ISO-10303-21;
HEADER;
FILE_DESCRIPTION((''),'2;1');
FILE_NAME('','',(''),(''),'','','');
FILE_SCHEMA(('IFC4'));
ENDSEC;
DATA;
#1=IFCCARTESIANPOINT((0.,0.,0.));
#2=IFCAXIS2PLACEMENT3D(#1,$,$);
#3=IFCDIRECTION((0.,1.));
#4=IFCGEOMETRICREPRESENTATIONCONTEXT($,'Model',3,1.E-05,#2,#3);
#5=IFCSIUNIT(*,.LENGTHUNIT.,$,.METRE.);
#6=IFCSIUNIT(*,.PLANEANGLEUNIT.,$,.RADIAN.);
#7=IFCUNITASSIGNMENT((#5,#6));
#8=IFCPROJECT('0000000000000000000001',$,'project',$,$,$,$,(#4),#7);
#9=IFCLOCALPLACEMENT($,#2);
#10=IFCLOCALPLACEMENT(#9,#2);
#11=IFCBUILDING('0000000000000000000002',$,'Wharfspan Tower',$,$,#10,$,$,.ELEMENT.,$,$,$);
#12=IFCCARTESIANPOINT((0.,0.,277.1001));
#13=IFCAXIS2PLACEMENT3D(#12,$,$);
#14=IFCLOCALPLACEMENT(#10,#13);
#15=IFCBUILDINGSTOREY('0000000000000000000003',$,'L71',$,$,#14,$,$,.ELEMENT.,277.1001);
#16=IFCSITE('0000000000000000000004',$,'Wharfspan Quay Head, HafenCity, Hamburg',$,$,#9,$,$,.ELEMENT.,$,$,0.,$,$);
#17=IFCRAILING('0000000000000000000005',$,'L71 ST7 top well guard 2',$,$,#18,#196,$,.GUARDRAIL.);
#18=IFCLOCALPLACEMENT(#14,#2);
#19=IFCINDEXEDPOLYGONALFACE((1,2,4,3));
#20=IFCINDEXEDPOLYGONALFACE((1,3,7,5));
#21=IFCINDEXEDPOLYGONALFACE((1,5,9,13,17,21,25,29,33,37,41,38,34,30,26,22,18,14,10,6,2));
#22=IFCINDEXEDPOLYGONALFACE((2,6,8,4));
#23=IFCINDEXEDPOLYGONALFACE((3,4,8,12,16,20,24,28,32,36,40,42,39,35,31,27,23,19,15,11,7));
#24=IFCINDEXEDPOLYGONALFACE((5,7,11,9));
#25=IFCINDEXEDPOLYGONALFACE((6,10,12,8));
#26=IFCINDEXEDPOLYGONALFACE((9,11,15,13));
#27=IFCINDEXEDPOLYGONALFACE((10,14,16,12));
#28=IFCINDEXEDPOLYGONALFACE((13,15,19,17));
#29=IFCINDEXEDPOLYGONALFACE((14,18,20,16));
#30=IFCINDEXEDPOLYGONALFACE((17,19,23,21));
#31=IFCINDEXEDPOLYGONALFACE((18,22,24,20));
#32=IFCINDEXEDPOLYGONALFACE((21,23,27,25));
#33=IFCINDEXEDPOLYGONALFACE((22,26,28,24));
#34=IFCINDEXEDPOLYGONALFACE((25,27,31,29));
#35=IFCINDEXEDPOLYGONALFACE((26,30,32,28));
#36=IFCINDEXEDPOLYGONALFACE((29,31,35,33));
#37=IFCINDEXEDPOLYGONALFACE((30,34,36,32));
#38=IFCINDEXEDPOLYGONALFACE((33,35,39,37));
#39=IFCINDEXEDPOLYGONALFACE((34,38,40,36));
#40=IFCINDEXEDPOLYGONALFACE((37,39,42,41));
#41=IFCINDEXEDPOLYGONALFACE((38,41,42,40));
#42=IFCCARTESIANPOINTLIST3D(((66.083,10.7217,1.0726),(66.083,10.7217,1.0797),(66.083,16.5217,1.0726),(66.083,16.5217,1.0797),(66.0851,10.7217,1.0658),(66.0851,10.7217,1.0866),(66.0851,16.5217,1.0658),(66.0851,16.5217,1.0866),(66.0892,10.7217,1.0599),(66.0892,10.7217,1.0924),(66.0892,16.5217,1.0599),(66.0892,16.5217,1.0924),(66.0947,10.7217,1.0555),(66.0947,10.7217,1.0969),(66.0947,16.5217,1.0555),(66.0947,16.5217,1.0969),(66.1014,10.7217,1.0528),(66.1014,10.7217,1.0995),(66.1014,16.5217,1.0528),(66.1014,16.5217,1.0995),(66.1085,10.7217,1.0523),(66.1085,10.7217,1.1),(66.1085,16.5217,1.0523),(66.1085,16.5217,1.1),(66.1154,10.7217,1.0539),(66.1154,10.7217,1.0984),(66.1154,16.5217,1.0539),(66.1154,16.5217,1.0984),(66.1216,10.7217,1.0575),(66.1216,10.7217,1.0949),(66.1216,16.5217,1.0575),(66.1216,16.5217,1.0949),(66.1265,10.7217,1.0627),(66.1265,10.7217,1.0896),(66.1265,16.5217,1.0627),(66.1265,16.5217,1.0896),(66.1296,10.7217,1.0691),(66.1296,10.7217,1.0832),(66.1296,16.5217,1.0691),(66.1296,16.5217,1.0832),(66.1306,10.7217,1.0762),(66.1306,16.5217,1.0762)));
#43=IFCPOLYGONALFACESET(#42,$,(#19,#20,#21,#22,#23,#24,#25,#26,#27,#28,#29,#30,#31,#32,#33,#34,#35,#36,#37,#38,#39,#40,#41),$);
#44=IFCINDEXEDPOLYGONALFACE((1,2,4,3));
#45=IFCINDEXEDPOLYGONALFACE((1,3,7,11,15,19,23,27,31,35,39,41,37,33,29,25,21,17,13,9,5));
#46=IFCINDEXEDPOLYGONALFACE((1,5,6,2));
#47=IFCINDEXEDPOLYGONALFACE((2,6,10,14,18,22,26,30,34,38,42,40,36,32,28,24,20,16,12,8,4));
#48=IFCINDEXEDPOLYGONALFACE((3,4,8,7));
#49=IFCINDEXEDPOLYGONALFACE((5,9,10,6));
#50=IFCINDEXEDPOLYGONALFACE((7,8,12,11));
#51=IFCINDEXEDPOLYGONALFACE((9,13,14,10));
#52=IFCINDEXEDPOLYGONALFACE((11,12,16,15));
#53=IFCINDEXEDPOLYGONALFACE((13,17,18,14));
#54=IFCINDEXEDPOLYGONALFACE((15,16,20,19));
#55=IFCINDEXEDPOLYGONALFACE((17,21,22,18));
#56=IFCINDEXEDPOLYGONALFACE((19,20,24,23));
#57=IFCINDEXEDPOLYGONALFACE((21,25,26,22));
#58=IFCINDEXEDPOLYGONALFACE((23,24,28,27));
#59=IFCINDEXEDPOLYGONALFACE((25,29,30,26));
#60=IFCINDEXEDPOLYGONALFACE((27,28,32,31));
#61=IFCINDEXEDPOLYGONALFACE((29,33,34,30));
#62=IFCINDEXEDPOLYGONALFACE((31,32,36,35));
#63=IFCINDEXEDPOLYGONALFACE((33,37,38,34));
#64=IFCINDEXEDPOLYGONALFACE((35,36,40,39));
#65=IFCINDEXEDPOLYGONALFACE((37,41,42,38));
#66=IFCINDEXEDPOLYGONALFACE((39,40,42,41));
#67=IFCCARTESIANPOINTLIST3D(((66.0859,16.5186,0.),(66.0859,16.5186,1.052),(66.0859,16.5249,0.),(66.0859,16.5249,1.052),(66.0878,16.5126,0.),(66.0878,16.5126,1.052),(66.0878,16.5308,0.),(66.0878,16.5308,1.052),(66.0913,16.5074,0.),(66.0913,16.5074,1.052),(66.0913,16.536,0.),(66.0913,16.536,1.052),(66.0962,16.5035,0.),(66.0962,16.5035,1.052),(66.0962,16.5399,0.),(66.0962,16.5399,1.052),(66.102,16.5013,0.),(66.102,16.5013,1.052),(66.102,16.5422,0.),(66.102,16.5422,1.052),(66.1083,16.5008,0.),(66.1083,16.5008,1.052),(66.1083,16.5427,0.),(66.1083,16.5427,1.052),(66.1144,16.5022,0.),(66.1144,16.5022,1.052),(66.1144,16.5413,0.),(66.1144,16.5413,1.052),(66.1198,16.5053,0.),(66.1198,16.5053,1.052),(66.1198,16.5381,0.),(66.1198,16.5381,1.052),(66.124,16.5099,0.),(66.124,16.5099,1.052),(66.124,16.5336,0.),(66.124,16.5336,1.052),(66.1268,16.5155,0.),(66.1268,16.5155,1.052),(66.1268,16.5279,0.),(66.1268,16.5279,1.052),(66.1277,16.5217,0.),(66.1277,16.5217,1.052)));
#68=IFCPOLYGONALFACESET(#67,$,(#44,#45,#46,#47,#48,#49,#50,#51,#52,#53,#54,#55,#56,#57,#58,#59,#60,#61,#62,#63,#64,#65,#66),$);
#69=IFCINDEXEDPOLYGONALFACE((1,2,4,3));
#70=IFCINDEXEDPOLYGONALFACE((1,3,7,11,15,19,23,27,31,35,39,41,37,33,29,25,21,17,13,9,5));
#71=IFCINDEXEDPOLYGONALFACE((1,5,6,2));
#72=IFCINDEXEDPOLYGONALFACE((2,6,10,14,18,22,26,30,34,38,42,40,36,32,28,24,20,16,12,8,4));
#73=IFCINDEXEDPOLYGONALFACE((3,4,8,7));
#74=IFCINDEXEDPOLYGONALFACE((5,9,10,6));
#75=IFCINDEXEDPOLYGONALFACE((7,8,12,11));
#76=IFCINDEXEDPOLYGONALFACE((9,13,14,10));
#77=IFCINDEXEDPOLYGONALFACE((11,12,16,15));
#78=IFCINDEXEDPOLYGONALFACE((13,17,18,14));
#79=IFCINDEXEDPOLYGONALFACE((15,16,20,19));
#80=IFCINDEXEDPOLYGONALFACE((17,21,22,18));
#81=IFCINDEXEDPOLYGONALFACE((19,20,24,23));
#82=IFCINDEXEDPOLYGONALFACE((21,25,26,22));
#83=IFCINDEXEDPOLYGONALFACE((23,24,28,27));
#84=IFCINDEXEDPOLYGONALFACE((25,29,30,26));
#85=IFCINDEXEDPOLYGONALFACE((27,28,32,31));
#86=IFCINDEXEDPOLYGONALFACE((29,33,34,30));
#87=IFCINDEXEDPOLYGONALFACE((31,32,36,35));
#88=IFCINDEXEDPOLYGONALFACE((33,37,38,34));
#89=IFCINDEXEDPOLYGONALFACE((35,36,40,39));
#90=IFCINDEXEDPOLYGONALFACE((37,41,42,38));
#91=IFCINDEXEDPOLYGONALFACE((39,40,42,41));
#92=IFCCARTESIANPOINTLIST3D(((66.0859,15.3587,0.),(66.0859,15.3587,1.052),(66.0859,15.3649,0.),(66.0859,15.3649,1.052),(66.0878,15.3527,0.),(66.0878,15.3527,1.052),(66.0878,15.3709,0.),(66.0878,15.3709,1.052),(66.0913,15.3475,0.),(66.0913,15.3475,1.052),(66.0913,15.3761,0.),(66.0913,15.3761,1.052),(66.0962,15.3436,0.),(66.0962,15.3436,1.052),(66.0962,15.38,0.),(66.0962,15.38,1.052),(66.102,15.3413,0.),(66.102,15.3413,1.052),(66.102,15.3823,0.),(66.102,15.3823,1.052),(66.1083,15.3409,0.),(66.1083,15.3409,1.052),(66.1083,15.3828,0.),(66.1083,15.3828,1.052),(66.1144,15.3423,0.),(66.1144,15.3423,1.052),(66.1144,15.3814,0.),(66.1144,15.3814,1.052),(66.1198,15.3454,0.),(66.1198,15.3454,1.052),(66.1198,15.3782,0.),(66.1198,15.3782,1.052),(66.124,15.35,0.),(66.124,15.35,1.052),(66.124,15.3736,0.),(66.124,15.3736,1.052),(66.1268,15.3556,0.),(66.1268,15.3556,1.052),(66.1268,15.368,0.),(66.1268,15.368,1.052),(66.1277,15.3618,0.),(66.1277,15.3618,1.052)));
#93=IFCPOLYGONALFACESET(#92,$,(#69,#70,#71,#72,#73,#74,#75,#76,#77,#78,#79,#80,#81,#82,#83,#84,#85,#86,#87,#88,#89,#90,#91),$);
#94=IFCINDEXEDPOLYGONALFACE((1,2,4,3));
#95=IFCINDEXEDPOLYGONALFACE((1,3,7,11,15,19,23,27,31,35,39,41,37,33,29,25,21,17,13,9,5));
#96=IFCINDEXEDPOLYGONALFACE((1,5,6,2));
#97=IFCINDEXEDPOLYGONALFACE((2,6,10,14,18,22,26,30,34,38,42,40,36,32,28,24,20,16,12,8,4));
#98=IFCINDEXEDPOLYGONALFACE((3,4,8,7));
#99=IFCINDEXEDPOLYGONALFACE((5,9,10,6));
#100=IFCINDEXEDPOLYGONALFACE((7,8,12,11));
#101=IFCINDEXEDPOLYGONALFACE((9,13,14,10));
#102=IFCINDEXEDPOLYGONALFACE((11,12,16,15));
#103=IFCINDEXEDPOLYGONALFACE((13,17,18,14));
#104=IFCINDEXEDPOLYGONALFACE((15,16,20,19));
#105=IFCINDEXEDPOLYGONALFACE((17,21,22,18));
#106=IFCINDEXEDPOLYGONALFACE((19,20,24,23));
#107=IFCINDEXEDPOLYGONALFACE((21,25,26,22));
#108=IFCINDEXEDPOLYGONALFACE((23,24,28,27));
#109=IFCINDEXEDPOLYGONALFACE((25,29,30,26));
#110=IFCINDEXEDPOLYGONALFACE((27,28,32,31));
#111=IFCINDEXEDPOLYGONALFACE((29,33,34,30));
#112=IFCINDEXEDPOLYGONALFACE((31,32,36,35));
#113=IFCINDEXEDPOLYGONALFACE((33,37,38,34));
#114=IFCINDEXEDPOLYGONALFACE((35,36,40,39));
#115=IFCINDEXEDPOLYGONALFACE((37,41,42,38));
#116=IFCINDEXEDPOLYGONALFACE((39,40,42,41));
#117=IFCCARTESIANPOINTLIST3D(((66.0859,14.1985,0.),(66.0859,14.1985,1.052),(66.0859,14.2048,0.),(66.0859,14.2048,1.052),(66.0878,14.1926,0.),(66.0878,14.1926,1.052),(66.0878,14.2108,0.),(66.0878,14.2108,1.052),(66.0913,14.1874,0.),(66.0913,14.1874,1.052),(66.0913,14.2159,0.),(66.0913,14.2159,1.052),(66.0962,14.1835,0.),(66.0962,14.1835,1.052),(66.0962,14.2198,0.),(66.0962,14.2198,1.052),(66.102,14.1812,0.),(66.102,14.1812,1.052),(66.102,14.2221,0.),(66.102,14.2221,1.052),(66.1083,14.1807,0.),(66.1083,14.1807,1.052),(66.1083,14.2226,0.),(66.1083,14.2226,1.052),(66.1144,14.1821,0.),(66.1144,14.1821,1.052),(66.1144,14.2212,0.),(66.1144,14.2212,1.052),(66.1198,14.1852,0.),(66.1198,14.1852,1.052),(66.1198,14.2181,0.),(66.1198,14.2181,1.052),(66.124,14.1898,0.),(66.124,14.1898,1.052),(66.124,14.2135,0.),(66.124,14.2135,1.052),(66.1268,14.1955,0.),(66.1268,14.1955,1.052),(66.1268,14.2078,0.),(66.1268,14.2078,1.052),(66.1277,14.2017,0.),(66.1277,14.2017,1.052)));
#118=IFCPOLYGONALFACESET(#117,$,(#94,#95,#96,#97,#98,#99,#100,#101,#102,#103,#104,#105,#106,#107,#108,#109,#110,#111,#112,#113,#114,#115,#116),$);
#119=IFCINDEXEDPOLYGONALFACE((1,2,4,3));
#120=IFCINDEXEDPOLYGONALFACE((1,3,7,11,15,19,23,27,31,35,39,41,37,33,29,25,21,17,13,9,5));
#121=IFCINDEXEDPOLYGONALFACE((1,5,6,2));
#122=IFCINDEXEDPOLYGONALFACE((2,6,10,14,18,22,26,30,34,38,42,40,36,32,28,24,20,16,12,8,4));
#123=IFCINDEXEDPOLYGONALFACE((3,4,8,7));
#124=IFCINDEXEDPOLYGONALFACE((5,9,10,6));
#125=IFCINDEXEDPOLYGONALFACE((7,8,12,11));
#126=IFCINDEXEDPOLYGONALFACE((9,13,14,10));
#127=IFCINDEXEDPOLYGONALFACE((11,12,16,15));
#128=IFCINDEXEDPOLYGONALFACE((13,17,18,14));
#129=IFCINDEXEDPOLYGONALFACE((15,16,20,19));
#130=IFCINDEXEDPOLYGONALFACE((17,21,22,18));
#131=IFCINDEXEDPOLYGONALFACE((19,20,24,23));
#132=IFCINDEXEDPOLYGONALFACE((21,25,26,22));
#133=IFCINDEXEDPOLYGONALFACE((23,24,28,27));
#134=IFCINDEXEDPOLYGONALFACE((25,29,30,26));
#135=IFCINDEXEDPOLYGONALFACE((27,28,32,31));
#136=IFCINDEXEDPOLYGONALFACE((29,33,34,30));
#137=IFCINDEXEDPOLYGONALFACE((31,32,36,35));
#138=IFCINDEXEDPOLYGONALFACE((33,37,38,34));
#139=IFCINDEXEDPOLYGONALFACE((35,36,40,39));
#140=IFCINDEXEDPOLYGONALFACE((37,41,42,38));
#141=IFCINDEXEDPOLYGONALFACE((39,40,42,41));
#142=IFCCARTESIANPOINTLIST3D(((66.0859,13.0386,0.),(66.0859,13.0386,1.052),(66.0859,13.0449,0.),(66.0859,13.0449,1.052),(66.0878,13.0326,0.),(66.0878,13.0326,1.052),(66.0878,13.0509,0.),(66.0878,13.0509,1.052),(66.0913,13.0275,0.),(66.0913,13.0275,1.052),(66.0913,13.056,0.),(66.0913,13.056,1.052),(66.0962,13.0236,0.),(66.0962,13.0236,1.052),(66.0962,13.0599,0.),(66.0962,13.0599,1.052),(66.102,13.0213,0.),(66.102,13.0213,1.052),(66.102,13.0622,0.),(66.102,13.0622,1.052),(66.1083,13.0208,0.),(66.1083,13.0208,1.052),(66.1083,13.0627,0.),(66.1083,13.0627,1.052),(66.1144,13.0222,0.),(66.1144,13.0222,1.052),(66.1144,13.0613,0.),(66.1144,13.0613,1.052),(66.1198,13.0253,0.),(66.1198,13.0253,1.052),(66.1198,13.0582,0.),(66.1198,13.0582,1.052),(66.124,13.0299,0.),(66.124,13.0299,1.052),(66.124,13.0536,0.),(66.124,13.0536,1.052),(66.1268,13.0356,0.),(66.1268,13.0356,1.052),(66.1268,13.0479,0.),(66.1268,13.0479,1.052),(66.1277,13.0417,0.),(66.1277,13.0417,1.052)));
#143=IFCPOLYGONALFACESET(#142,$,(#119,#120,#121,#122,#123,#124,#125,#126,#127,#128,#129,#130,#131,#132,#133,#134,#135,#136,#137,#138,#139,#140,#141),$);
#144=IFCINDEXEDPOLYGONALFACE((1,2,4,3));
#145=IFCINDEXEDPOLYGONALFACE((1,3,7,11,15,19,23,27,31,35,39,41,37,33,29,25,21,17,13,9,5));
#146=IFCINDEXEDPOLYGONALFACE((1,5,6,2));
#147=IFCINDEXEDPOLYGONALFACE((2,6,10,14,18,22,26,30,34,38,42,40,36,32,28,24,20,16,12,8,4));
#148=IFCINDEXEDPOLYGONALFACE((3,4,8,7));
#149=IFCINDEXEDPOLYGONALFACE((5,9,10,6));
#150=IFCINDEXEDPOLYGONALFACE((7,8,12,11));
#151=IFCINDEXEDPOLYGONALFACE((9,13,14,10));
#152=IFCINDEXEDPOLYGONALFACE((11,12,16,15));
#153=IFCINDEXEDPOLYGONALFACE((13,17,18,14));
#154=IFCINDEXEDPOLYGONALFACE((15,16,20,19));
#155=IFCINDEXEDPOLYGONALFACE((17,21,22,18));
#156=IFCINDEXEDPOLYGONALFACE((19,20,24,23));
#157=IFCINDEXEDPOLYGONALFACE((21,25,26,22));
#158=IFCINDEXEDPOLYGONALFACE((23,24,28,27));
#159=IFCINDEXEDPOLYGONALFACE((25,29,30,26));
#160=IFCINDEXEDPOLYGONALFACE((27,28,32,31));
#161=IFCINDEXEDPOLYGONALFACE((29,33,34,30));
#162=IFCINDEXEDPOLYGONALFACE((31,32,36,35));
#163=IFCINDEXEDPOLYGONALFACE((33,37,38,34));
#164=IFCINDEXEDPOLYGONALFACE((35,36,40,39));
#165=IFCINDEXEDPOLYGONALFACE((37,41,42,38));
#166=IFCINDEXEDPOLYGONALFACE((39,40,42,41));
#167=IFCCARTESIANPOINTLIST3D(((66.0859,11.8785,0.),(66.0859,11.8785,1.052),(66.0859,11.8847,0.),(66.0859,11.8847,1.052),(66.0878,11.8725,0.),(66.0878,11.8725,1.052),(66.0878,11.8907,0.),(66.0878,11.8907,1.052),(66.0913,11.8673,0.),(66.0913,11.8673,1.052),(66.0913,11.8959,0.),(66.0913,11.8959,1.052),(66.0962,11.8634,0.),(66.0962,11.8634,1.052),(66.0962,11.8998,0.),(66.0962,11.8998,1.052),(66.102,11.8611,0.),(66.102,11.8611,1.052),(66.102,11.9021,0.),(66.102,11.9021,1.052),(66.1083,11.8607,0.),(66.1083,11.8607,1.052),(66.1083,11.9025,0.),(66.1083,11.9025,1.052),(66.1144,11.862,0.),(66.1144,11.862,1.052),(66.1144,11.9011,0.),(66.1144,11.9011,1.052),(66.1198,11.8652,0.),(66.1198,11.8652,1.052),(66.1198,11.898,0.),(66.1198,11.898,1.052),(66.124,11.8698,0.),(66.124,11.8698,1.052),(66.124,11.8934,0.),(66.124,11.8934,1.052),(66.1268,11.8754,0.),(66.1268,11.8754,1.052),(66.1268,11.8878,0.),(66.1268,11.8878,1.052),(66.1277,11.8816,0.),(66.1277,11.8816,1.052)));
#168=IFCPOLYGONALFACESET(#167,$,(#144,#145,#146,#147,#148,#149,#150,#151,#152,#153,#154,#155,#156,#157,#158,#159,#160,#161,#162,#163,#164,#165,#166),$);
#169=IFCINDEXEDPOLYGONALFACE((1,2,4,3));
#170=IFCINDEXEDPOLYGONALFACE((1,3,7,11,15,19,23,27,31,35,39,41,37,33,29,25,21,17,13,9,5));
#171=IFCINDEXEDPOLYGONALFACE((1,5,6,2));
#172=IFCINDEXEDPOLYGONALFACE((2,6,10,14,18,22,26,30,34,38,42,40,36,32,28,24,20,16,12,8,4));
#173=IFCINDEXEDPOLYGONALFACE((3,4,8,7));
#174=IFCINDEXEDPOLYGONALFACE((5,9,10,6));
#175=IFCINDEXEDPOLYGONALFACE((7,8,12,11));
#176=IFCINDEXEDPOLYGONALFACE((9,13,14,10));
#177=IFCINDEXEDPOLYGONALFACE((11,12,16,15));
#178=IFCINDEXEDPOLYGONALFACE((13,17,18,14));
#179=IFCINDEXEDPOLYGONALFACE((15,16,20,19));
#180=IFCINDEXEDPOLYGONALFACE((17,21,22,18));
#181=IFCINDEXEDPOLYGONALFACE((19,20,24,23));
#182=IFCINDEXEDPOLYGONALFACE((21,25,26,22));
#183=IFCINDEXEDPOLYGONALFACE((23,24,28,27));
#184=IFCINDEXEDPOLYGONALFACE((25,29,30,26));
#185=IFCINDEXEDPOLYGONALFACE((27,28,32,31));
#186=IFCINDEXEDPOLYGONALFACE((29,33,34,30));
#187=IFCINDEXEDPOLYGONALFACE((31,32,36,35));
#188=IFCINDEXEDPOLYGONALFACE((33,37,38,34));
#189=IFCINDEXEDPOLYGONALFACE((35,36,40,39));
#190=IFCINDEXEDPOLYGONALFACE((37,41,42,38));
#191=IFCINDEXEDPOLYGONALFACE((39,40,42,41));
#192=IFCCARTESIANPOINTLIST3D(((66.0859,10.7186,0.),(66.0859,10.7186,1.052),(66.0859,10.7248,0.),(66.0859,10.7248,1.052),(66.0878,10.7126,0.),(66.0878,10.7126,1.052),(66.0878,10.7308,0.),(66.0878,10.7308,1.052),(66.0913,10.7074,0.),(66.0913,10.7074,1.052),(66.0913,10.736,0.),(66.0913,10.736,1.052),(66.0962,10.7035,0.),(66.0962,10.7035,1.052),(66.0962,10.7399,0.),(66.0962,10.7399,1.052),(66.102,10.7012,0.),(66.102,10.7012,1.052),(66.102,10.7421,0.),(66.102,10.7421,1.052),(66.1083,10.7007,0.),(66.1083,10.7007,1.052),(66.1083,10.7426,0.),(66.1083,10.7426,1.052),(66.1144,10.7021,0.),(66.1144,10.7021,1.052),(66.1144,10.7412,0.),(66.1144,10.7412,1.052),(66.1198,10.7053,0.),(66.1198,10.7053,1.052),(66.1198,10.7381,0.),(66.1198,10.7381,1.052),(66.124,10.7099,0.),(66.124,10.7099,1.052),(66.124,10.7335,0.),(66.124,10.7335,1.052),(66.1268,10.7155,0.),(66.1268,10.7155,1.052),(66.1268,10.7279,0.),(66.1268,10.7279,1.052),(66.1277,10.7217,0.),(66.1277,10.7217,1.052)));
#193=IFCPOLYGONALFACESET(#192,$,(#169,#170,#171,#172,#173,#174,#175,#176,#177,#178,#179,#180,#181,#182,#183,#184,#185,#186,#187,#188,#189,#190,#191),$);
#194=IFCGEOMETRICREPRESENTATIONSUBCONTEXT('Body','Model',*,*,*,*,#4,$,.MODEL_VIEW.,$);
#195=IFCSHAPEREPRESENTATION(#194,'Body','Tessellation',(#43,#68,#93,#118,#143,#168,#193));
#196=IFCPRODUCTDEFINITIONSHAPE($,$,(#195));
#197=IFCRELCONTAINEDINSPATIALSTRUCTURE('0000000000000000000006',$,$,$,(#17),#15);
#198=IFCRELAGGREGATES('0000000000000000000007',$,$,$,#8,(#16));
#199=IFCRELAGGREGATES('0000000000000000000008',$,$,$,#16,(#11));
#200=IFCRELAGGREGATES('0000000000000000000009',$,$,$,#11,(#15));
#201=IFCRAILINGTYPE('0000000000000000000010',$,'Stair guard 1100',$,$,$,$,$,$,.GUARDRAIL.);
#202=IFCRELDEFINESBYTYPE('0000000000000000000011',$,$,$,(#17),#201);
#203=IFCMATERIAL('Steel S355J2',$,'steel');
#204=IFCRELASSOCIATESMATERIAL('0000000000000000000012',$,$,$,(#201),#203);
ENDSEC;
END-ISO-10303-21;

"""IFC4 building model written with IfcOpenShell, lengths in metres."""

from ifc_helpers import new_model, si_unit, direction, frame, origin, origin_2d, place, context, subcontext, project, spatial, circle, extrude, material, type_object, element, save


model = new_model("IFC4")

# Units and contexts
model_context = context("Model", 3, precision=1e-05, world=origin(), true_north=direction((0.0, 1.0)))
body_context = subcontext(model_context, "Body", "Model", "MODEL_VIEW")
ifc_project = project(units=[si_unit("LENGTHUNIT", "METRE"), si_unit("PLANEANGLEUNIT", "RADIAN")], contexts=[model_context])

# Site, building, storey
site_placement = place(None, origin())
site = spatial("IfcSite", under=ifc_project, at=site_placement, Name="Wharfspan Quay Head, HafenCity, Hamburg", CompositionType="ELEMENT", RefElevation=0.0)
building_placement = place(site_placement, origin())
building = spatial("IfcBuilding", under=site, at=building_placement, Name="Wharfspan Tower", CompositionType="ELEMENT")
storey_placement = place(building_placement, frame((0.0, 0.0, 277.1001)))
storey = spatial("IfcBuildingStorey", under=building, at=storey_placement, Name="L71", CompositionType="ELEMENT", Elevation=277.1001)

# Shared definitions
ifc_material_1 = material(Name="Steel S355J2", Category="steel")

# Railing
railing_type = type_object("IfcRailingType", Name="Stair guard 1100", PredefinedType="GUARDRAIL", material=ifc_material_1)
railing_1_placement = place(storey_placement, frame((66.1067, 16.5217, 0.0)))
element("IfcRailing", 1, at=railing_1_placement, inside=storey, type_object=railing_type, Name="L71 ST7 top well guard 2", PredefinedType="GUARDRAIL", context=body_context, shape_type="SweptSolid", body=[
    extrude(circle(Radius=0.0239, at=origin_2d()), frame((0.0, 0.0, 1.0762), z_axis=(0.0, -1.0, 0.0), x_axis=(1.0, 0.0, 0.0)), (0.0, 0.0, 1.0), 5.8),
    extrude(circle(Radius=0.021, at=origin_2d()), origin(), (0.0, 0.0, 1.0), 1.052),
    extrude(circle(Radius=0.021, at=origin_2d()), frame((0.0, -1.1599, 0.0)), (0.0, 0.0, 1.0), 1.052),
    extrude(circle(Radius=0.021, at=origin_2d()), frame((0.0, -2.3201, 0.0)), (0.0, 0.0, 1.0), 1.052),
    extrude(circle(Radius=0.021, at=origin_2d()), frame((0.0, -3.48, 0.0)), (0.0, 0.0, 1.0), 1.052),
    extrude(circle(Radius=0.021, at=origin_2d()), frame((0.0, -4.6401, 0.0)), (0.0, 0.0, 1.0), 1.052),
    extrude(circle(Radius=0.021, at=origin_2d()), frame((0.0, -5.8, 0.0)), (0.0, 0.0, 1.0), 1.052),
])

save(model, "model.ifc")
